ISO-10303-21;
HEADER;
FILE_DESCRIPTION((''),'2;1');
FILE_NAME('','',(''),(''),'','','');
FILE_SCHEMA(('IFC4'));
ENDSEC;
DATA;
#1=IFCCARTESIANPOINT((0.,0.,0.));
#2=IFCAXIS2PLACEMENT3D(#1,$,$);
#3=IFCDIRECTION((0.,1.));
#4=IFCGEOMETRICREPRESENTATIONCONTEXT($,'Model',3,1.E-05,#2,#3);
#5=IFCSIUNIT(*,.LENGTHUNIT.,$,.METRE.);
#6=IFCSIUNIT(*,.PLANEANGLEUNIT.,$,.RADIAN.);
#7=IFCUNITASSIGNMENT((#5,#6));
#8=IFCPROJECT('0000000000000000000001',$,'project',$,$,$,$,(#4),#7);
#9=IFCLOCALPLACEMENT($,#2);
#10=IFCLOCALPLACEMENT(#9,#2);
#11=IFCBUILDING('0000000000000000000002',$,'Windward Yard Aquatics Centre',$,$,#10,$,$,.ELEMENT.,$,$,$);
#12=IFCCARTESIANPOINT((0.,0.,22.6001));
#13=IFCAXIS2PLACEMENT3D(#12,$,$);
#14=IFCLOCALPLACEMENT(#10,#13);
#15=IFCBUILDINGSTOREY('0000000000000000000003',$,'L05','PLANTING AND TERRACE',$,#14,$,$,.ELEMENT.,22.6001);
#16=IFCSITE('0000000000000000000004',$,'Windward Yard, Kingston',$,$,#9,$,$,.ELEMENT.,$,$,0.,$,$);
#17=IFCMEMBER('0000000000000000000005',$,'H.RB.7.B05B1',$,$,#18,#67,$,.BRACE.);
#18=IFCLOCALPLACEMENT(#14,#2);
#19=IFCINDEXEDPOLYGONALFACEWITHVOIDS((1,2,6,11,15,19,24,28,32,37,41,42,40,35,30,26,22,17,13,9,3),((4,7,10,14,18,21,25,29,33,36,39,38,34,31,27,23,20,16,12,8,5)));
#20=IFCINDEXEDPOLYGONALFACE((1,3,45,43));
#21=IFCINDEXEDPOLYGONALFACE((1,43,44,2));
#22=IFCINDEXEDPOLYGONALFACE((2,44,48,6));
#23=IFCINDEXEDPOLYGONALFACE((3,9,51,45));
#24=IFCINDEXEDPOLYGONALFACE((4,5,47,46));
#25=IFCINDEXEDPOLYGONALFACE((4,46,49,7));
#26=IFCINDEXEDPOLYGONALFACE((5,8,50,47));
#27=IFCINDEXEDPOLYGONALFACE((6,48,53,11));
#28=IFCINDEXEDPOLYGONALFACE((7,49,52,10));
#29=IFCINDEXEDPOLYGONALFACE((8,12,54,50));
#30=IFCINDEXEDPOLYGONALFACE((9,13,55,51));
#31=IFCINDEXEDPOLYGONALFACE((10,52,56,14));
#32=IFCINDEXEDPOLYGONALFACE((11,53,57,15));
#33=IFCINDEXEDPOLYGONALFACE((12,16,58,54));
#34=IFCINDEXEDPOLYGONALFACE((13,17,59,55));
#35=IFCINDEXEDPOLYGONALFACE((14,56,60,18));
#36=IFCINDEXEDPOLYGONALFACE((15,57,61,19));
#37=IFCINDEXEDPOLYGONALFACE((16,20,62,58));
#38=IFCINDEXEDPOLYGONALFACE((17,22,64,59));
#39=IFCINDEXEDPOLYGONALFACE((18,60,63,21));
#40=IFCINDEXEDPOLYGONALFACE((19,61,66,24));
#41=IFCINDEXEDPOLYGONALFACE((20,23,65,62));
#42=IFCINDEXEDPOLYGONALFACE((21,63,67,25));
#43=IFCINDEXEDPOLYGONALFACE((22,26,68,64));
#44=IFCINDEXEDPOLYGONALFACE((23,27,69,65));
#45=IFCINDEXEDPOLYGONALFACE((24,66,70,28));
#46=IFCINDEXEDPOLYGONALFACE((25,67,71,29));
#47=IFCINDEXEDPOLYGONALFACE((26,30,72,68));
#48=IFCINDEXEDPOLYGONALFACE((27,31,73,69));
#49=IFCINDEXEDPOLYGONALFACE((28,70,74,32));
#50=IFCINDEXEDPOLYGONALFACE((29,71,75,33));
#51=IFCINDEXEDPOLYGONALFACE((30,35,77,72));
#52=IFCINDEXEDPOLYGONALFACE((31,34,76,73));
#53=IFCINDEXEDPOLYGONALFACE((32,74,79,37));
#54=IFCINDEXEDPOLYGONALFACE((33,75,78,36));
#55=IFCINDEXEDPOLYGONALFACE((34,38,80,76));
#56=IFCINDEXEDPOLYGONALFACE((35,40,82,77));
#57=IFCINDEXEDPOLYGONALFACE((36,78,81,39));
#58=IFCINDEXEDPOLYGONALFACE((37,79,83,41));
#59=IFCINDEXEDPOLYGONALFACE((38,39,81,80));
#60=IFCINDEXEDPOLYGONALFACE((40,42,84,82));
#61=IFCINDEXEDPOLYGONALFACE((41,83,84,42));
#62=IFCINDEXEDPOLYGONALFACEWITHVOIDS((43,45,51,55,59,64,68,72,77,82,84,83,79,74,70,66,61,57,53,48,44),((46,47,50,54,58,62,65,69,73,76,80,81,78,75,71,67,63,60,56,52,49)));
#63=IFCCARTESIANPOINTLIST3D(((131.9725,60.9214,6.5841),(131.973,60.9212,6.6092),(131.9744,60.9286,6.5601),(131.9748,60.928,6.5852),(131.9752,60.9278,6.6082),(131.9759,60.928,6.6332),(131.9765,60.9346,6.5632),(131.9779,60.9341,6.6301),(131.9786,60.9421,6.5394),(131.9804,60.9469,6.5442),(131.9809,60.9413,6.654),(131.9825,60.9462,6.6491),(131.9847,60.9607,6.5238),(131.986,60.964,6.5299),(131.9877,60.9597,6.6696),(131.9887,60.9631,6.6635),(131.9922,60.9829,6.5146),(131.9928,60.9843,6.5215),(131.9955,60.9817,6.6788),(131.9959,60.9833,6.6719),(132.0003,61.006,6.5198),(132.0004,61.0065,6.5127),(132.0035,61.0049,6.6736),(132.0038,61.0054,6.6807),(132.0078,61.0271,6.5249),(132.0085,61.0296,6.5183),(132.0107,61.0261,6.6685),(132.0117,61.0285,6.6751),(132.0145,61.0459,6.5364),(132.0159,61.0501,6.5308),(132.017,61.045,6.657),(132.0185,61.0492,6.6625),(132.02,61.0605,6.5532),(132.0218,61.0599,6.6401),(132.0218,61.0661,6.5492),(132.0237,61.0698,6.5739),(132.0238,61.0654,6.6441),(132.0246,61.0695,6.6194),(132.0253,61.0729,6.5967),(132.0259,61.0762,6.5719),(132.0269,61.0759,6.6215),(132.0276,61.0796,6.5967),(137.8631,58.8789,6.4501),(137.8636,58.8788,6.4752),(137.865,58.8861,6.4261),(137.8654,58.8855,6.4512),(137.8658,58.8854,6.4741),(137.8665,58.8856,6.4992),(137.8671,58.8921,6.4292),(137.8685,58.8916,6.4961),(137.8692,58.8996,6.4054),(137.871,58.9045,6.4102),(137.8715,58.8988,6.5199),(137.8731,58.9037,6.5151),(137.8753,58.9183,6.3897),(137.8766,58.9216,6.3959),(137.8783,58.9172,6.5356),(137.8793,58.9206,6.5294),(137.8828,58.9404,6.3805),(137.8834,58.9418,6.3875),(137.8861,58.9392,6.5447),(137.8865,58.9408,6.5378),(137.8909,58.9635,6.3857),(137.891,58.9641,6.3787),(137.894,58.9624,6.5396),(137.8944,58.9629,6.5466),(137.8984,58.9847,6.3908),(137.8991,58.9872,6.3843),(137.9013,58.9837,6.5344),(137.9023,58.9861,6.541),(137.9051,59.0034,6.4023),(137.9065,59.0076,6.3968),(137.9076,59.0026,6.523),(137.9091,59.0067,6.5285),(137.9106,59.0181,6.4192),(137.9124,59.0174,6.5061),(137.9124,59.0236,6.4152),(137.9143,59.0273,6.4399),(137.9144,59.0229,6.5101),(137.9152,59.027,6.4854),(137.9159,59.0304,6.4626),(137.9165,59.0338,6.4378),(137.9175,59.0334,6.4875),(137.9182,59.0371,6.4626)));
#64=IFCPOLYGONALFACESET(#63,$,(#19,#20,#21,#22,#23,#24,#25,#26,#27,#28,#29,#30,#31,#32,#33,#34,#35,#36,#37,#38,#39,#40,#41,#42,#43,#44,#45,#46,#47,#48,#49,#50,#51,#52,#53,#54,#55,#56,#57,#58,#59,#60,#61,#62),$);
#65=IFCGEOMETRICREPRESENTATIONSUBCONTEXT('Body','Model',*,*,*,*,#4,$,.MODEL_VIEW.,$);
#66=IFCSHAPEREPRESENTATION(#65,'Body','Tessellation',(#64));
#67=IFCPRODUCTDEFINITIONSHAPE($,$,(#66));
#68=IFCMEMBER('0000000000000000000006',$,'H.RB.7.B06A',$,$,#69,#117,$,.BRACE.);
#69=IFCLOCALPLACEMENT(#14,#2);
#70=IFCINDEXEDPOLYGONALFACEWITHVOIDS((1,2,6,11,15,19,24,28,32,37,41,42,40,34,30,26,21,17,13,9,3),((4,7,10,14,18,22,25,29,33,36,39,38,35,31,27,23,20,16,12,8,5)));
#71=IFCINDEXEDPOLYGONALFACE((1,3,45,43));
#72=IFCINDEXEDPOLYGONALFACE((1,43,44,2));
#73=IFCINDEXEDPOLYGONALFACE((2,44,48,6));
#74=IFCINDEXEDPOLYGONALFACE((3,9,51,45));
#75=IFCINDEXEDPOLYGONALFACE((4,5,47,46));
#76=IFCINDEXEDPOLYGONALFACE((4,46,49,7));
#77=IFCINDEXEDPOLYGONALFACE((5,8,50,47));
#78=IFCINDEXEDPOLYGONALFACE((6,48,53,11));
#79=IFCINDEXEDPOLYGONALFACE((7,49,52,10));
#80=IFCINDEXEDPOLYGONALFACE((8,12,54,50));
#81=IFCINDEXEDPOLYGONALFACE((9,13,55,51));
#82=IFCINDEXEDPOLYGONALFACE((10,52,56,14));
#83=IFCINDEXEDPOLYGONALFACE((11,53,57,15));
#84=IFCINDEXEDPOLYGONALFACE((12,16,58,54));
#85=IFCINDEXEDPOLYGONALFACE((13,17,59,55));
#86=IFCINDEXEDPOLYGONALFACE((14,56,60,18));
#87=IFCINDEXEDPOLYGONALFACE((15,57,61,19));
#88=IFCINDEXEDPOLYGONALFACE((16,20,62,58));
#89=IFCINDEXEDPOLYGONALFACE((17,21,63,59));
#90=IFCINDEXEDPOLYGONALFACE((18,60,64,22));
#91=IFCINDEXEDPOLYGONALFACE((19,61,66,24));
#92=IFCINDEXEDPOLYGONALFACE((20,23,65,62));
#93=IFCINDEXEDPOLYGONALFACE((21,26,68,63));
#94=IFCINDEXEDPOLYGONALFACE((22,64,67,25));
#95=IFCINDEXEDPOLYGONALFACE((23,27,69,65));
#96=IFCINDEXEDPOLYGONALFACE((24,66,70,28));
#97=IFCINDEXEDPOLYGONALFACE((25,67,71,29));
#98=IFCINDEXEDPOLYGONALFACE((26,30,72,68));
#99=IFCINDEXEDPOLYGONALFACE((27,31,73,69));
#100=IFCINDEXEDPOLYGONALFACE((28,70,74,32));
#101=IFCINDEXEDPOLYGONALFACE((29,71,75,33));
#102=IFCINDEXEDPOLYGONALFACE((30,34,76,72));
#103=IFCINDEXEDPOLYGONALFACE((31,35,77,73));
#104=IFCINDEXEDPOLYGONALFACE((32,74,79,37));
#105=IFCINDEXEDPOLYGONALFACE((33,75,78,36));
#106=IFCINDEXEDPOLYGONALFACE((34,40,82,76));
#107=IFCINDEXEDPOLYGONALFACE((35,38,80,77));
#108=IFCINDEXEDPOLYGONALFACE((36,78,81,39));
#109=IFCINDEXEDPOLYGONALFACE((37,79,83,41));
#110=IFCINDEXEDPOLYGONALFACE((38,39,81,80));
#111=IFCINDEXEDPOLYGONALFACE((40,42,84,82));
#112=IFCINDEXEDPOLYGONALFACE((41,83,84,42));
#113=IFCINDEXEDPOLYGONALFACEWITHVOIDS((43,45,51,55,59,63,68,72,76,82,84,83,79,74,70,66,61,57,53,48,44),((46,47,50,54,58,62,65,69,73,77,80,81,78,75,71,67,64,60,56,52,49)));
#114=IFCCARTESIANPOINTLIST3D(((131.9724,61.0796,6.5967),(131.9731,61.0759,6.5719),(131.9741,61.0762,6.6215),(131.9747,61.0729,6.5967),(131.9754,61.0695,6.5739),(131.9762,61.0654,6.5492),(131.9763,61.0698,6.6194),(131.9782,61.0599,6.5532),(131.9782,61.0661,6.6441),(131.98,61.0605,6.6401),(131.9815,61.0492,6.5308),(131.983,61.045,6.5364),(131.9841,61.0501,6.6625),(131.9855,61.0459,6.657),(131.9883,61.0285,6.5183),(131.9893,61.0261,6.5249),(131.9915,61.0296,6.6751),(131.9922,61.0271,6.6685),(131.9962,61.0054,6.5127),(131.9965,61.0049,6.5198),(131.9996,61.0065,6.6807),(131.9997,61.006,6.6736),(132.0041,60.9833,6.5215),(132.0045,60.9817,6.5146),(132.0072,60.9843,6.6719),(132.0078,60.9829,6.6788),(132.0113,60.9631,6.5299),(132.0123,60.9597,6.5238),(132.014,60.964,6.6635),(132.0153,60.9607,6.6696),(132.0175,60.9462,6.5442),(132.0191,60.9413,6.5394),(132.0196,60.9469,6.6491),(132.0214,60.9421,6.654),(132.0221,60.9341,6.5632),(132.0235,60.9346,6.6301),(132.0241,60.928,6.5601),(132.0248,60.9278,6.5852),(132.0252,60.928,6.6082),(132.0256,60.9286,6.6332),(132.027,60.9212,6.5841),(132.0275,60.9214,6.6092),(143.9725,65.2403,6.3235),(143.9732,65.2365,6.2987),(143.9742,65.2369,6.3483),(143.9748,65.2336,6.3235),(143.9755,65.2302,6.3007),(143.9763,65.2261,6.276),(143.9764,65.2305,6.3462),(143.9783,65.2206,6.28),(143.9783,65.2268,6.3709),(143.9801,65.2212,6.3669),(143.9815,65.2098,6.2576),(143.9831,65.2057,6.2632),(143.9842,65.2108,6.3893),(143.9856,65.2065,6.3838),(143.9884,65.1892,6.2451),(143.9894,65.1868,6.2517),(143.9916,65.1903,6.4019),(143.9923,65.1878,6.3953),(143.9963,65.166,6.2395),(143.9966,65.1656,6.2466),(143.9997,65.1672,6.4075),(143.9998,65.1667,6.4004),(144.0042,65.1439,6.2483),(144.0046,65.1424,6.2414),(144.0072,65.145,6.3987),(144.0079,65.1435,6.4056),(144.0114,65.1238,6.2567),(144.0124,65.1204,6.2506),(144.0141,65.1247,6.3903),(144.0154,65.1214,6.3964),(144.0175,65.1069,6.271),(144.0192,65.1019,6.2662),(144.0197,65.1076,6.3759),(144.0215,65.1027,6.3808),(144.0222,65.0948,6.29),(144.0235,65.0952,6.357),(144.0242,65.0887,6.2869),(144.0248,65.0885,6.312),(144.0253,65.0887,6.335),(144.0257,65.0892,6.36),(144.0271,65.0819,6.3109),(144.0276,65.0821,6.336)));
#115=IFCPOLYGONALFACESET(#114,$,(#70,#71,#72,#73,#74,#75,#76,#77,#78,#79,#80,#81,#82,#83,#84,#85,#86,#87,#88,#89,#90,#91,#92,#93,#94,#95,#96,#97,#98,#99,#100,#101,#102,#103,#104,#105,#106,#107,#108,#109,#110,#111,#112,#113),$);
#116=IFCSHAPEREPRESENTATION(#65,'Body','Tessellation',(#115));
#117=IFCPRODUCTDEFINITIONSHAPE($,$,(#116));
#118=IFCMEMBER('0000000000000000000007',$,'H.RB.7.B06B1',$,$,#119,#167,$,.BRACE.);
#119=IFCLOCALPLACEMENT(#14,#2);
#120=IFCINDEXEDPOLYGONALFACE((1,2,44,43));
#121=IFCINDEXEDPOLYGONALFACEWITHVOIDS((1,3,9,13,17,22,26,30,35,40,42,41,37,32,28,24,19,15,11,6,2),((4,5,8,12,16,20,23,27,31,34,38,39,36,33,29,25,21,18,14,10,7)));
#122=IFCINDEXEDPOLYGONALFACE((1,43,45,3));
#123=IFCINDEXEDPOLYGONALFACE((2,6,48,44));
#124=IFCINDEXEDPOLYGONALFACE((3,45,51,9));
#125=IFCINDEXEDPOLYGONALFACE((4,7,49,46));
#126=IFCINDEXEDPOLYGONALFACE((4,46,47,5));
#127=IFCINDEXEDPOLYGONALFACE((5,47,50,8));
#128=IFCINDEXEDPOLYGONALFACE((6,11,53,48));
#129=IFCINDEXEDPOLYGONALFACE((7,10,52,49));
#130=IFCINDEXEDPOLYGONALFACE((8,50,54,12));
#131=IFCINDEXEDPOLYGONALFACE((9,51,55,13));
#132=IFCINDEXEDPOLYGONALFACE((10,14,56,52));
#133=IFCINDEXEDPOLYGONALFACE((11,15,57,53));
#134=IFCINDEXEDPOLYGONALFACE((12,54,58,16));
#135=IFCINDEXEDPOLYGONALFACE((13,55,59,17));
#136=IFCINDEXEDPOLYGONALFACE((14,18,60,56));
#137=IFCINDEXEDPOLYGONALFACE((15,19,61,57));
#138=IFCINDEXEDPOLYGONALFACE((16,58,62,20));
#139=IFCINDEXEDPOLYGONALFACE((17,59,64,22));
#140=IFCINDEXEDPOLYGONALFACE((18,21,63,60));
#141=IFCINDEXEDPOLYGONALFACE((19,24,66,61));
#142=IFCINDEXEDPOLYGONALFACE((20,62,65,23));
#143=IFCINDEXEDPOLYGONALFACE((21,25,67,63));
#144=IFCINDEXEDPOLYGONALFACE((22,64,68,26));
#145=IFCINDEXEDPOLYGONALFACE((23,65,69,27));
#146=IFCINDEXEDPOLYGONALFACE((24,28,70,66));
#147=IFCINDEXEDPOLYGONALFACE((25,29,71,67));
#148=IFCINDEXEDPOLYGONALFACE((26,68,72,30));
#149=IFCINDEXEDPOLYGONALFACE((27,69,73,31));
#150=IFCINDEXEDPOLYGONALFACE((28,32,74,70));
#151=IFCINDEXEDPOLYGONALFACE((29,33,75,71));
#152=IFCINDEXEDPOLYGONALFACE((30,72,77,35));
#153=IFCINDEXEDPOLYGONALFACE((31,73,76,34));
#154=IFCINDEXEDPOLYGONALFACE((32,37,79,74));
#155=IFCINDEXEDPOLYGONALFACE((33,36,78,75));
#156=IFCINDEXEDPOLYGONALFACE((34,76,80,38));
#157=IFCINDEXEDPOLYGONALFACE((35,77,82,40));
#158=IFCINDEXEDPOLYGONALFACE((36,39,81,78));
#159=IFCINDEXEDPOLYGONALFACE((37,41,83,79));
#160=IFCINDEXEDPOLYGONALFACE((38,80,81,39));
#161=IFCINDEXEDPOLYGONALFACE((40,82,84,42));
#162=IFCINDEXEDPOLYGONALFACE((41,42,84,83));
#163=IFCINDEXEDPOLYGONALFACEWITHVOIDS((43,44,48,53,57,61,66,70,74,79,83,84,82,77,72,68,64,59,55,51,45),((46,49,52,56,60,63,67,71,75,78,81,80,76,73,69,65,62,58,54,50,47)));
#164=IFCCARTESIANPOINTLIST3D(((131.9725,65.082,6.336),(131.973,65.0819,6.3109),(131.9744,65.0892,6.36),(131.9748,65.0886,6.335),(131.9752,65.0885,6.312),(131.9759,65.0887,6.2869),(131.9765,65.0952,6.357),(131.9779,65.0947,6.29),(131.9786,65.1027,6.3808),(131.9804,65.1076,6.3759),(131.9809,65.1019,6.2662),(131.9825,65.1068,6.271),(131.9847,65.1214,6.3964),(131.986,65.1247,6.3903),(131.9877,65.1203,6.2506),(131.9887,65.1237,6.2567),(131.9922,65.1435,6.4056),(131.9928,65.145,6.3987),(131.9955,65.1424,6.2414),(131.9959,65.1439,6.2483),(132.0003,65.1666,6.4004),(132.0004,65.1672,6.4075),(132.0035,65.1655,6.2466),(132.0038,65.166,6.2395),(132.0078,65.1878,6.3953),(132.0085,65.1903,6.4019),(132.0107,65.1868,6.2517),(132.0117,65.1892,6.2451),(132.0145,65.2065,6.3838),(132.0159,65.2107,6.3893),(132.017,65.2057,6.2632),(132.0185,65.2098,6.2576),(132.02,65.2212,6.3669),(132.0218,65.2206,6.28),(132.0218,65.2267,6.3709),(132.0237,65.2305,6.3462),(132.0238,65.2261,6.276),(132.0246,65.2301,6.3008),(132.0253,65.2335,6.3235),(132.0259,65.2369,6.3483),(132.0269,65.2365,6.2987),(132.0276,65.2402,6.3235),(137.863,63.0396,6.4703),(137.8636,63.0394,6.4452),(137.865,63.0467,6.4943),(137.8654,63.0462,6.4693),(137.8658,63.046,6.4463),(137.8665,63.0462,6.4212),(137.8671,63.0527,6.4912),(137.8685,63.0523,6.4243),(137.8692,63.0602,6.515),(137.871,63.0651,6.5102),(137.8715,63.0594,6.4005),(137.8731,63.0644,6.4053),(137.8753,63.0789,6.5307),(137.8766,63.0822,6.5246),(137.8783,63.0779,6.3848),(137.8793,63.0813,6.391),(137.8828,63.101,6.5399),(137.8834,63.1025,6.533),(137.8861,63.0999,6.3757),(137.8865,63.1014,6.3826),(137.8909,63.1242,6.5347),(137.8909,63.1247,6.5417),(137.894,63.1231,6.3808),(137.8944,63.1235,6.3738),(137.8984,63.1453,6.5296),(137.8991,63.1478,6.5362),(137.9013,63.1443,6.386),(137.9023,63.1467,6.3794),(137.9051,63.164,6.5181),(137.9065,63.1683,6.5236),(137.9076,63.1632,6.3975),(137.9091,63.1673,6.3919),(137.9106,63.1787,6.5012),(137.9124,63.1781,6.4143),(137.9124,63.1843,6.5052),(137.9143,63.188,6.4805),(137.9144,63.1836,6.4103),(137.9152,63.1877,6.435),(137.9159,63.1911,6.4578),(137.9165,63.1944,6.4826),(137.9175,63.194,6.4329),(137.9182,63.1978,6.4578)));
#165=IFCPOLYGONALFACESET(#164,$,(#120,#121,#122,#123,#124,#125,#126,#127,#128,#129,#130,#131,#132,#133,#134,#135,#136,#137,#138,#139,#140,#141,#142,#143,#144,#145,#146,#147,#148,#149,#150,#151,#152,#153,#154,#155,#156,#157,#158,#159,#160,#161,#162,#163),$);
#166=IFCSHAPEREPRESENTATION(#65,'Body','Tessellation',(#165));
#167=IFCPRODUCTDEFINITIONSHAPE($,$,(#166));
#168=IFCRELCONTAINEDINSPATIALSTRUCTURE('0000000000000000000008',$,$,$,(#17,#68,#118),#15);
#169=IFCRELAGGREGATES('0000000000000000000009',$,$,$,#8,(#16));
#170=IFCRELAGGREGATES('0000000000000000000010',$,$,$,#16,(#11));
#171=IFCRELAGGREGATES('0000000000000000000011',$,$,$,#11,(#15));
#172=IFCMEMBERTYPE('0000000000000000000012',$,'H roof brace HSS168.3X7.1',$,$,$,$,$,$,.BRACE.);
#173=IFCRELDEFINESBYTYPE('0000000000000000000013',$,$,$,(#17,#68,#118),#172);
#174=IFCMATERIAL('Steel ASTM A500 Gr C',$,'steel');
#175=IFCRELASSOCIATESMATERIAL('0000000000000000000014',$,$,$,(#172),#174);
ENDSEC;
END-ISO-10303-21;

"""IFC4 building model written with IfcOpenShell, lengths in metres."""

from ifc_helpers import new_model, si_unit, direction, frame, origin, origin_2d, place, context, subcontext, project, spatial, hollow_circle, extrude, material, material_profile, profile_set, type_object, element, save


model = new_model("IFC4")

# Units and contexts
model_context = context("Model", 3, precision=1e-05, world=origin(), true_north=direction((0.0, 1.0)))
body_context = subcontext(model_context, "Body", "Model", "MODEL_VIEW")
ifc_project = project(units=[si_unit("LENGTHUNIT", "METRE"), si_unit("PLANEANGLEUNIT", "RADIAN")], contexts=[model_context])

# Site, building, storey
site_placement = place(None, origin())
site = spatial("IfcSite", under=ifc_project, at=site_placement, Name="Windward Yard, Kingston", CompositionType="ELEMENT", RefElevation=0.0)
building_placement = place(site_placement, origin())
building = spatial("IfcBuilding", under=site, at=building_placement, Name="Windward Yard Aquatics Centre", CompositionType="ELEMENT")
storey_placement = place(building_placement, frame((0.0, 0.0, 22.6001)))
storey = spatial("IfcBuildingStorey", under=building, at=storey_placement, Name="L05", Description="PLANTING AND TERRACE", CompositionType="ELEMENT", Elevation=22.6001)

# Members
ifc_material_1 = material(Name="Steel ASTM A500 Gr C", Category="steel")
ifc_material_profile_1 = material_profile(ifc_material_1, hollow_circle(Radius=0.0842, WallThickness=0.0071, at=origin_2d()), Name="HSS168.3X7.1")
ifc_profile_set_1 = profile_set([ifc_material_profile_1], Name="Steel ASTM A500 Gr C")
member_type_1 = type_object("IfcMemberType", Name="H roof brace HSS168.3X7.1", PredefinedType="BRACE", material=ifc_profile_set_1)
member_1_placement = place(storey_placement, frame((132.0, 61.0, 6.5967), z_axis=(0.944598, -0.327524, -0.021493), x_axis=(0.3276, 0.944816, 0.0)))
element("IfcMember", 1, at=member_1_placement, inside=storey, type_object=member_type_1, Name="H.RB.7.B05B1", PredefinedType="BRACE", context=body_context, shape_type="SweptSolid", body=[
    extrude(hollow_circle(Radius=0.0842, WallThickness=0.0071, at=origin_2d()), origin(), (0.0, 0.0, 1.0), 6.2361),
])
member_2_placement = place(storey_placement, frame((132.0, 61.0, 6.5967), z_axis=(0.944602, 0.327513, -0.021505), x_axis=(-0.327589, 0.94482, 0.0)))
element("IfcMember", 2, at=member_2_placement, inside=storey, type_object=member_type_1, Name="H.RB.7.B06A", PredefinedType="BRACE", context=body_context, shape_type="SweptSolid", body=[
    extrude(hollow_circle(Radius=0.0842, WallThickness=0.0071, at=origin_2d()), origin(), (0.0, 0.0, 1.0), 12.7039),
])
member_3_placement = place(storey_placement, frame((132.0, 65.1606, 6.3235), z_axis=(0.944597, -0.327524, 0.021532), x_axis=(0.3276, 0.944816, 0.0)))
element("IfcMember", 3, at=member_3_placement, inside=storey, type_object=member_type_1, Name="H.RB.7.B06B1", PredefinedType="BRACE", context=body_context, shape_type="SweptSolid", body=[
    extrude(hollow_circle(Radius=0.0842, WallThickness=0.0071, at=origin_2d()), origin(), (0.0, 0.0, 1.0), 6.2361),
])

save(model, "model.ifc")
